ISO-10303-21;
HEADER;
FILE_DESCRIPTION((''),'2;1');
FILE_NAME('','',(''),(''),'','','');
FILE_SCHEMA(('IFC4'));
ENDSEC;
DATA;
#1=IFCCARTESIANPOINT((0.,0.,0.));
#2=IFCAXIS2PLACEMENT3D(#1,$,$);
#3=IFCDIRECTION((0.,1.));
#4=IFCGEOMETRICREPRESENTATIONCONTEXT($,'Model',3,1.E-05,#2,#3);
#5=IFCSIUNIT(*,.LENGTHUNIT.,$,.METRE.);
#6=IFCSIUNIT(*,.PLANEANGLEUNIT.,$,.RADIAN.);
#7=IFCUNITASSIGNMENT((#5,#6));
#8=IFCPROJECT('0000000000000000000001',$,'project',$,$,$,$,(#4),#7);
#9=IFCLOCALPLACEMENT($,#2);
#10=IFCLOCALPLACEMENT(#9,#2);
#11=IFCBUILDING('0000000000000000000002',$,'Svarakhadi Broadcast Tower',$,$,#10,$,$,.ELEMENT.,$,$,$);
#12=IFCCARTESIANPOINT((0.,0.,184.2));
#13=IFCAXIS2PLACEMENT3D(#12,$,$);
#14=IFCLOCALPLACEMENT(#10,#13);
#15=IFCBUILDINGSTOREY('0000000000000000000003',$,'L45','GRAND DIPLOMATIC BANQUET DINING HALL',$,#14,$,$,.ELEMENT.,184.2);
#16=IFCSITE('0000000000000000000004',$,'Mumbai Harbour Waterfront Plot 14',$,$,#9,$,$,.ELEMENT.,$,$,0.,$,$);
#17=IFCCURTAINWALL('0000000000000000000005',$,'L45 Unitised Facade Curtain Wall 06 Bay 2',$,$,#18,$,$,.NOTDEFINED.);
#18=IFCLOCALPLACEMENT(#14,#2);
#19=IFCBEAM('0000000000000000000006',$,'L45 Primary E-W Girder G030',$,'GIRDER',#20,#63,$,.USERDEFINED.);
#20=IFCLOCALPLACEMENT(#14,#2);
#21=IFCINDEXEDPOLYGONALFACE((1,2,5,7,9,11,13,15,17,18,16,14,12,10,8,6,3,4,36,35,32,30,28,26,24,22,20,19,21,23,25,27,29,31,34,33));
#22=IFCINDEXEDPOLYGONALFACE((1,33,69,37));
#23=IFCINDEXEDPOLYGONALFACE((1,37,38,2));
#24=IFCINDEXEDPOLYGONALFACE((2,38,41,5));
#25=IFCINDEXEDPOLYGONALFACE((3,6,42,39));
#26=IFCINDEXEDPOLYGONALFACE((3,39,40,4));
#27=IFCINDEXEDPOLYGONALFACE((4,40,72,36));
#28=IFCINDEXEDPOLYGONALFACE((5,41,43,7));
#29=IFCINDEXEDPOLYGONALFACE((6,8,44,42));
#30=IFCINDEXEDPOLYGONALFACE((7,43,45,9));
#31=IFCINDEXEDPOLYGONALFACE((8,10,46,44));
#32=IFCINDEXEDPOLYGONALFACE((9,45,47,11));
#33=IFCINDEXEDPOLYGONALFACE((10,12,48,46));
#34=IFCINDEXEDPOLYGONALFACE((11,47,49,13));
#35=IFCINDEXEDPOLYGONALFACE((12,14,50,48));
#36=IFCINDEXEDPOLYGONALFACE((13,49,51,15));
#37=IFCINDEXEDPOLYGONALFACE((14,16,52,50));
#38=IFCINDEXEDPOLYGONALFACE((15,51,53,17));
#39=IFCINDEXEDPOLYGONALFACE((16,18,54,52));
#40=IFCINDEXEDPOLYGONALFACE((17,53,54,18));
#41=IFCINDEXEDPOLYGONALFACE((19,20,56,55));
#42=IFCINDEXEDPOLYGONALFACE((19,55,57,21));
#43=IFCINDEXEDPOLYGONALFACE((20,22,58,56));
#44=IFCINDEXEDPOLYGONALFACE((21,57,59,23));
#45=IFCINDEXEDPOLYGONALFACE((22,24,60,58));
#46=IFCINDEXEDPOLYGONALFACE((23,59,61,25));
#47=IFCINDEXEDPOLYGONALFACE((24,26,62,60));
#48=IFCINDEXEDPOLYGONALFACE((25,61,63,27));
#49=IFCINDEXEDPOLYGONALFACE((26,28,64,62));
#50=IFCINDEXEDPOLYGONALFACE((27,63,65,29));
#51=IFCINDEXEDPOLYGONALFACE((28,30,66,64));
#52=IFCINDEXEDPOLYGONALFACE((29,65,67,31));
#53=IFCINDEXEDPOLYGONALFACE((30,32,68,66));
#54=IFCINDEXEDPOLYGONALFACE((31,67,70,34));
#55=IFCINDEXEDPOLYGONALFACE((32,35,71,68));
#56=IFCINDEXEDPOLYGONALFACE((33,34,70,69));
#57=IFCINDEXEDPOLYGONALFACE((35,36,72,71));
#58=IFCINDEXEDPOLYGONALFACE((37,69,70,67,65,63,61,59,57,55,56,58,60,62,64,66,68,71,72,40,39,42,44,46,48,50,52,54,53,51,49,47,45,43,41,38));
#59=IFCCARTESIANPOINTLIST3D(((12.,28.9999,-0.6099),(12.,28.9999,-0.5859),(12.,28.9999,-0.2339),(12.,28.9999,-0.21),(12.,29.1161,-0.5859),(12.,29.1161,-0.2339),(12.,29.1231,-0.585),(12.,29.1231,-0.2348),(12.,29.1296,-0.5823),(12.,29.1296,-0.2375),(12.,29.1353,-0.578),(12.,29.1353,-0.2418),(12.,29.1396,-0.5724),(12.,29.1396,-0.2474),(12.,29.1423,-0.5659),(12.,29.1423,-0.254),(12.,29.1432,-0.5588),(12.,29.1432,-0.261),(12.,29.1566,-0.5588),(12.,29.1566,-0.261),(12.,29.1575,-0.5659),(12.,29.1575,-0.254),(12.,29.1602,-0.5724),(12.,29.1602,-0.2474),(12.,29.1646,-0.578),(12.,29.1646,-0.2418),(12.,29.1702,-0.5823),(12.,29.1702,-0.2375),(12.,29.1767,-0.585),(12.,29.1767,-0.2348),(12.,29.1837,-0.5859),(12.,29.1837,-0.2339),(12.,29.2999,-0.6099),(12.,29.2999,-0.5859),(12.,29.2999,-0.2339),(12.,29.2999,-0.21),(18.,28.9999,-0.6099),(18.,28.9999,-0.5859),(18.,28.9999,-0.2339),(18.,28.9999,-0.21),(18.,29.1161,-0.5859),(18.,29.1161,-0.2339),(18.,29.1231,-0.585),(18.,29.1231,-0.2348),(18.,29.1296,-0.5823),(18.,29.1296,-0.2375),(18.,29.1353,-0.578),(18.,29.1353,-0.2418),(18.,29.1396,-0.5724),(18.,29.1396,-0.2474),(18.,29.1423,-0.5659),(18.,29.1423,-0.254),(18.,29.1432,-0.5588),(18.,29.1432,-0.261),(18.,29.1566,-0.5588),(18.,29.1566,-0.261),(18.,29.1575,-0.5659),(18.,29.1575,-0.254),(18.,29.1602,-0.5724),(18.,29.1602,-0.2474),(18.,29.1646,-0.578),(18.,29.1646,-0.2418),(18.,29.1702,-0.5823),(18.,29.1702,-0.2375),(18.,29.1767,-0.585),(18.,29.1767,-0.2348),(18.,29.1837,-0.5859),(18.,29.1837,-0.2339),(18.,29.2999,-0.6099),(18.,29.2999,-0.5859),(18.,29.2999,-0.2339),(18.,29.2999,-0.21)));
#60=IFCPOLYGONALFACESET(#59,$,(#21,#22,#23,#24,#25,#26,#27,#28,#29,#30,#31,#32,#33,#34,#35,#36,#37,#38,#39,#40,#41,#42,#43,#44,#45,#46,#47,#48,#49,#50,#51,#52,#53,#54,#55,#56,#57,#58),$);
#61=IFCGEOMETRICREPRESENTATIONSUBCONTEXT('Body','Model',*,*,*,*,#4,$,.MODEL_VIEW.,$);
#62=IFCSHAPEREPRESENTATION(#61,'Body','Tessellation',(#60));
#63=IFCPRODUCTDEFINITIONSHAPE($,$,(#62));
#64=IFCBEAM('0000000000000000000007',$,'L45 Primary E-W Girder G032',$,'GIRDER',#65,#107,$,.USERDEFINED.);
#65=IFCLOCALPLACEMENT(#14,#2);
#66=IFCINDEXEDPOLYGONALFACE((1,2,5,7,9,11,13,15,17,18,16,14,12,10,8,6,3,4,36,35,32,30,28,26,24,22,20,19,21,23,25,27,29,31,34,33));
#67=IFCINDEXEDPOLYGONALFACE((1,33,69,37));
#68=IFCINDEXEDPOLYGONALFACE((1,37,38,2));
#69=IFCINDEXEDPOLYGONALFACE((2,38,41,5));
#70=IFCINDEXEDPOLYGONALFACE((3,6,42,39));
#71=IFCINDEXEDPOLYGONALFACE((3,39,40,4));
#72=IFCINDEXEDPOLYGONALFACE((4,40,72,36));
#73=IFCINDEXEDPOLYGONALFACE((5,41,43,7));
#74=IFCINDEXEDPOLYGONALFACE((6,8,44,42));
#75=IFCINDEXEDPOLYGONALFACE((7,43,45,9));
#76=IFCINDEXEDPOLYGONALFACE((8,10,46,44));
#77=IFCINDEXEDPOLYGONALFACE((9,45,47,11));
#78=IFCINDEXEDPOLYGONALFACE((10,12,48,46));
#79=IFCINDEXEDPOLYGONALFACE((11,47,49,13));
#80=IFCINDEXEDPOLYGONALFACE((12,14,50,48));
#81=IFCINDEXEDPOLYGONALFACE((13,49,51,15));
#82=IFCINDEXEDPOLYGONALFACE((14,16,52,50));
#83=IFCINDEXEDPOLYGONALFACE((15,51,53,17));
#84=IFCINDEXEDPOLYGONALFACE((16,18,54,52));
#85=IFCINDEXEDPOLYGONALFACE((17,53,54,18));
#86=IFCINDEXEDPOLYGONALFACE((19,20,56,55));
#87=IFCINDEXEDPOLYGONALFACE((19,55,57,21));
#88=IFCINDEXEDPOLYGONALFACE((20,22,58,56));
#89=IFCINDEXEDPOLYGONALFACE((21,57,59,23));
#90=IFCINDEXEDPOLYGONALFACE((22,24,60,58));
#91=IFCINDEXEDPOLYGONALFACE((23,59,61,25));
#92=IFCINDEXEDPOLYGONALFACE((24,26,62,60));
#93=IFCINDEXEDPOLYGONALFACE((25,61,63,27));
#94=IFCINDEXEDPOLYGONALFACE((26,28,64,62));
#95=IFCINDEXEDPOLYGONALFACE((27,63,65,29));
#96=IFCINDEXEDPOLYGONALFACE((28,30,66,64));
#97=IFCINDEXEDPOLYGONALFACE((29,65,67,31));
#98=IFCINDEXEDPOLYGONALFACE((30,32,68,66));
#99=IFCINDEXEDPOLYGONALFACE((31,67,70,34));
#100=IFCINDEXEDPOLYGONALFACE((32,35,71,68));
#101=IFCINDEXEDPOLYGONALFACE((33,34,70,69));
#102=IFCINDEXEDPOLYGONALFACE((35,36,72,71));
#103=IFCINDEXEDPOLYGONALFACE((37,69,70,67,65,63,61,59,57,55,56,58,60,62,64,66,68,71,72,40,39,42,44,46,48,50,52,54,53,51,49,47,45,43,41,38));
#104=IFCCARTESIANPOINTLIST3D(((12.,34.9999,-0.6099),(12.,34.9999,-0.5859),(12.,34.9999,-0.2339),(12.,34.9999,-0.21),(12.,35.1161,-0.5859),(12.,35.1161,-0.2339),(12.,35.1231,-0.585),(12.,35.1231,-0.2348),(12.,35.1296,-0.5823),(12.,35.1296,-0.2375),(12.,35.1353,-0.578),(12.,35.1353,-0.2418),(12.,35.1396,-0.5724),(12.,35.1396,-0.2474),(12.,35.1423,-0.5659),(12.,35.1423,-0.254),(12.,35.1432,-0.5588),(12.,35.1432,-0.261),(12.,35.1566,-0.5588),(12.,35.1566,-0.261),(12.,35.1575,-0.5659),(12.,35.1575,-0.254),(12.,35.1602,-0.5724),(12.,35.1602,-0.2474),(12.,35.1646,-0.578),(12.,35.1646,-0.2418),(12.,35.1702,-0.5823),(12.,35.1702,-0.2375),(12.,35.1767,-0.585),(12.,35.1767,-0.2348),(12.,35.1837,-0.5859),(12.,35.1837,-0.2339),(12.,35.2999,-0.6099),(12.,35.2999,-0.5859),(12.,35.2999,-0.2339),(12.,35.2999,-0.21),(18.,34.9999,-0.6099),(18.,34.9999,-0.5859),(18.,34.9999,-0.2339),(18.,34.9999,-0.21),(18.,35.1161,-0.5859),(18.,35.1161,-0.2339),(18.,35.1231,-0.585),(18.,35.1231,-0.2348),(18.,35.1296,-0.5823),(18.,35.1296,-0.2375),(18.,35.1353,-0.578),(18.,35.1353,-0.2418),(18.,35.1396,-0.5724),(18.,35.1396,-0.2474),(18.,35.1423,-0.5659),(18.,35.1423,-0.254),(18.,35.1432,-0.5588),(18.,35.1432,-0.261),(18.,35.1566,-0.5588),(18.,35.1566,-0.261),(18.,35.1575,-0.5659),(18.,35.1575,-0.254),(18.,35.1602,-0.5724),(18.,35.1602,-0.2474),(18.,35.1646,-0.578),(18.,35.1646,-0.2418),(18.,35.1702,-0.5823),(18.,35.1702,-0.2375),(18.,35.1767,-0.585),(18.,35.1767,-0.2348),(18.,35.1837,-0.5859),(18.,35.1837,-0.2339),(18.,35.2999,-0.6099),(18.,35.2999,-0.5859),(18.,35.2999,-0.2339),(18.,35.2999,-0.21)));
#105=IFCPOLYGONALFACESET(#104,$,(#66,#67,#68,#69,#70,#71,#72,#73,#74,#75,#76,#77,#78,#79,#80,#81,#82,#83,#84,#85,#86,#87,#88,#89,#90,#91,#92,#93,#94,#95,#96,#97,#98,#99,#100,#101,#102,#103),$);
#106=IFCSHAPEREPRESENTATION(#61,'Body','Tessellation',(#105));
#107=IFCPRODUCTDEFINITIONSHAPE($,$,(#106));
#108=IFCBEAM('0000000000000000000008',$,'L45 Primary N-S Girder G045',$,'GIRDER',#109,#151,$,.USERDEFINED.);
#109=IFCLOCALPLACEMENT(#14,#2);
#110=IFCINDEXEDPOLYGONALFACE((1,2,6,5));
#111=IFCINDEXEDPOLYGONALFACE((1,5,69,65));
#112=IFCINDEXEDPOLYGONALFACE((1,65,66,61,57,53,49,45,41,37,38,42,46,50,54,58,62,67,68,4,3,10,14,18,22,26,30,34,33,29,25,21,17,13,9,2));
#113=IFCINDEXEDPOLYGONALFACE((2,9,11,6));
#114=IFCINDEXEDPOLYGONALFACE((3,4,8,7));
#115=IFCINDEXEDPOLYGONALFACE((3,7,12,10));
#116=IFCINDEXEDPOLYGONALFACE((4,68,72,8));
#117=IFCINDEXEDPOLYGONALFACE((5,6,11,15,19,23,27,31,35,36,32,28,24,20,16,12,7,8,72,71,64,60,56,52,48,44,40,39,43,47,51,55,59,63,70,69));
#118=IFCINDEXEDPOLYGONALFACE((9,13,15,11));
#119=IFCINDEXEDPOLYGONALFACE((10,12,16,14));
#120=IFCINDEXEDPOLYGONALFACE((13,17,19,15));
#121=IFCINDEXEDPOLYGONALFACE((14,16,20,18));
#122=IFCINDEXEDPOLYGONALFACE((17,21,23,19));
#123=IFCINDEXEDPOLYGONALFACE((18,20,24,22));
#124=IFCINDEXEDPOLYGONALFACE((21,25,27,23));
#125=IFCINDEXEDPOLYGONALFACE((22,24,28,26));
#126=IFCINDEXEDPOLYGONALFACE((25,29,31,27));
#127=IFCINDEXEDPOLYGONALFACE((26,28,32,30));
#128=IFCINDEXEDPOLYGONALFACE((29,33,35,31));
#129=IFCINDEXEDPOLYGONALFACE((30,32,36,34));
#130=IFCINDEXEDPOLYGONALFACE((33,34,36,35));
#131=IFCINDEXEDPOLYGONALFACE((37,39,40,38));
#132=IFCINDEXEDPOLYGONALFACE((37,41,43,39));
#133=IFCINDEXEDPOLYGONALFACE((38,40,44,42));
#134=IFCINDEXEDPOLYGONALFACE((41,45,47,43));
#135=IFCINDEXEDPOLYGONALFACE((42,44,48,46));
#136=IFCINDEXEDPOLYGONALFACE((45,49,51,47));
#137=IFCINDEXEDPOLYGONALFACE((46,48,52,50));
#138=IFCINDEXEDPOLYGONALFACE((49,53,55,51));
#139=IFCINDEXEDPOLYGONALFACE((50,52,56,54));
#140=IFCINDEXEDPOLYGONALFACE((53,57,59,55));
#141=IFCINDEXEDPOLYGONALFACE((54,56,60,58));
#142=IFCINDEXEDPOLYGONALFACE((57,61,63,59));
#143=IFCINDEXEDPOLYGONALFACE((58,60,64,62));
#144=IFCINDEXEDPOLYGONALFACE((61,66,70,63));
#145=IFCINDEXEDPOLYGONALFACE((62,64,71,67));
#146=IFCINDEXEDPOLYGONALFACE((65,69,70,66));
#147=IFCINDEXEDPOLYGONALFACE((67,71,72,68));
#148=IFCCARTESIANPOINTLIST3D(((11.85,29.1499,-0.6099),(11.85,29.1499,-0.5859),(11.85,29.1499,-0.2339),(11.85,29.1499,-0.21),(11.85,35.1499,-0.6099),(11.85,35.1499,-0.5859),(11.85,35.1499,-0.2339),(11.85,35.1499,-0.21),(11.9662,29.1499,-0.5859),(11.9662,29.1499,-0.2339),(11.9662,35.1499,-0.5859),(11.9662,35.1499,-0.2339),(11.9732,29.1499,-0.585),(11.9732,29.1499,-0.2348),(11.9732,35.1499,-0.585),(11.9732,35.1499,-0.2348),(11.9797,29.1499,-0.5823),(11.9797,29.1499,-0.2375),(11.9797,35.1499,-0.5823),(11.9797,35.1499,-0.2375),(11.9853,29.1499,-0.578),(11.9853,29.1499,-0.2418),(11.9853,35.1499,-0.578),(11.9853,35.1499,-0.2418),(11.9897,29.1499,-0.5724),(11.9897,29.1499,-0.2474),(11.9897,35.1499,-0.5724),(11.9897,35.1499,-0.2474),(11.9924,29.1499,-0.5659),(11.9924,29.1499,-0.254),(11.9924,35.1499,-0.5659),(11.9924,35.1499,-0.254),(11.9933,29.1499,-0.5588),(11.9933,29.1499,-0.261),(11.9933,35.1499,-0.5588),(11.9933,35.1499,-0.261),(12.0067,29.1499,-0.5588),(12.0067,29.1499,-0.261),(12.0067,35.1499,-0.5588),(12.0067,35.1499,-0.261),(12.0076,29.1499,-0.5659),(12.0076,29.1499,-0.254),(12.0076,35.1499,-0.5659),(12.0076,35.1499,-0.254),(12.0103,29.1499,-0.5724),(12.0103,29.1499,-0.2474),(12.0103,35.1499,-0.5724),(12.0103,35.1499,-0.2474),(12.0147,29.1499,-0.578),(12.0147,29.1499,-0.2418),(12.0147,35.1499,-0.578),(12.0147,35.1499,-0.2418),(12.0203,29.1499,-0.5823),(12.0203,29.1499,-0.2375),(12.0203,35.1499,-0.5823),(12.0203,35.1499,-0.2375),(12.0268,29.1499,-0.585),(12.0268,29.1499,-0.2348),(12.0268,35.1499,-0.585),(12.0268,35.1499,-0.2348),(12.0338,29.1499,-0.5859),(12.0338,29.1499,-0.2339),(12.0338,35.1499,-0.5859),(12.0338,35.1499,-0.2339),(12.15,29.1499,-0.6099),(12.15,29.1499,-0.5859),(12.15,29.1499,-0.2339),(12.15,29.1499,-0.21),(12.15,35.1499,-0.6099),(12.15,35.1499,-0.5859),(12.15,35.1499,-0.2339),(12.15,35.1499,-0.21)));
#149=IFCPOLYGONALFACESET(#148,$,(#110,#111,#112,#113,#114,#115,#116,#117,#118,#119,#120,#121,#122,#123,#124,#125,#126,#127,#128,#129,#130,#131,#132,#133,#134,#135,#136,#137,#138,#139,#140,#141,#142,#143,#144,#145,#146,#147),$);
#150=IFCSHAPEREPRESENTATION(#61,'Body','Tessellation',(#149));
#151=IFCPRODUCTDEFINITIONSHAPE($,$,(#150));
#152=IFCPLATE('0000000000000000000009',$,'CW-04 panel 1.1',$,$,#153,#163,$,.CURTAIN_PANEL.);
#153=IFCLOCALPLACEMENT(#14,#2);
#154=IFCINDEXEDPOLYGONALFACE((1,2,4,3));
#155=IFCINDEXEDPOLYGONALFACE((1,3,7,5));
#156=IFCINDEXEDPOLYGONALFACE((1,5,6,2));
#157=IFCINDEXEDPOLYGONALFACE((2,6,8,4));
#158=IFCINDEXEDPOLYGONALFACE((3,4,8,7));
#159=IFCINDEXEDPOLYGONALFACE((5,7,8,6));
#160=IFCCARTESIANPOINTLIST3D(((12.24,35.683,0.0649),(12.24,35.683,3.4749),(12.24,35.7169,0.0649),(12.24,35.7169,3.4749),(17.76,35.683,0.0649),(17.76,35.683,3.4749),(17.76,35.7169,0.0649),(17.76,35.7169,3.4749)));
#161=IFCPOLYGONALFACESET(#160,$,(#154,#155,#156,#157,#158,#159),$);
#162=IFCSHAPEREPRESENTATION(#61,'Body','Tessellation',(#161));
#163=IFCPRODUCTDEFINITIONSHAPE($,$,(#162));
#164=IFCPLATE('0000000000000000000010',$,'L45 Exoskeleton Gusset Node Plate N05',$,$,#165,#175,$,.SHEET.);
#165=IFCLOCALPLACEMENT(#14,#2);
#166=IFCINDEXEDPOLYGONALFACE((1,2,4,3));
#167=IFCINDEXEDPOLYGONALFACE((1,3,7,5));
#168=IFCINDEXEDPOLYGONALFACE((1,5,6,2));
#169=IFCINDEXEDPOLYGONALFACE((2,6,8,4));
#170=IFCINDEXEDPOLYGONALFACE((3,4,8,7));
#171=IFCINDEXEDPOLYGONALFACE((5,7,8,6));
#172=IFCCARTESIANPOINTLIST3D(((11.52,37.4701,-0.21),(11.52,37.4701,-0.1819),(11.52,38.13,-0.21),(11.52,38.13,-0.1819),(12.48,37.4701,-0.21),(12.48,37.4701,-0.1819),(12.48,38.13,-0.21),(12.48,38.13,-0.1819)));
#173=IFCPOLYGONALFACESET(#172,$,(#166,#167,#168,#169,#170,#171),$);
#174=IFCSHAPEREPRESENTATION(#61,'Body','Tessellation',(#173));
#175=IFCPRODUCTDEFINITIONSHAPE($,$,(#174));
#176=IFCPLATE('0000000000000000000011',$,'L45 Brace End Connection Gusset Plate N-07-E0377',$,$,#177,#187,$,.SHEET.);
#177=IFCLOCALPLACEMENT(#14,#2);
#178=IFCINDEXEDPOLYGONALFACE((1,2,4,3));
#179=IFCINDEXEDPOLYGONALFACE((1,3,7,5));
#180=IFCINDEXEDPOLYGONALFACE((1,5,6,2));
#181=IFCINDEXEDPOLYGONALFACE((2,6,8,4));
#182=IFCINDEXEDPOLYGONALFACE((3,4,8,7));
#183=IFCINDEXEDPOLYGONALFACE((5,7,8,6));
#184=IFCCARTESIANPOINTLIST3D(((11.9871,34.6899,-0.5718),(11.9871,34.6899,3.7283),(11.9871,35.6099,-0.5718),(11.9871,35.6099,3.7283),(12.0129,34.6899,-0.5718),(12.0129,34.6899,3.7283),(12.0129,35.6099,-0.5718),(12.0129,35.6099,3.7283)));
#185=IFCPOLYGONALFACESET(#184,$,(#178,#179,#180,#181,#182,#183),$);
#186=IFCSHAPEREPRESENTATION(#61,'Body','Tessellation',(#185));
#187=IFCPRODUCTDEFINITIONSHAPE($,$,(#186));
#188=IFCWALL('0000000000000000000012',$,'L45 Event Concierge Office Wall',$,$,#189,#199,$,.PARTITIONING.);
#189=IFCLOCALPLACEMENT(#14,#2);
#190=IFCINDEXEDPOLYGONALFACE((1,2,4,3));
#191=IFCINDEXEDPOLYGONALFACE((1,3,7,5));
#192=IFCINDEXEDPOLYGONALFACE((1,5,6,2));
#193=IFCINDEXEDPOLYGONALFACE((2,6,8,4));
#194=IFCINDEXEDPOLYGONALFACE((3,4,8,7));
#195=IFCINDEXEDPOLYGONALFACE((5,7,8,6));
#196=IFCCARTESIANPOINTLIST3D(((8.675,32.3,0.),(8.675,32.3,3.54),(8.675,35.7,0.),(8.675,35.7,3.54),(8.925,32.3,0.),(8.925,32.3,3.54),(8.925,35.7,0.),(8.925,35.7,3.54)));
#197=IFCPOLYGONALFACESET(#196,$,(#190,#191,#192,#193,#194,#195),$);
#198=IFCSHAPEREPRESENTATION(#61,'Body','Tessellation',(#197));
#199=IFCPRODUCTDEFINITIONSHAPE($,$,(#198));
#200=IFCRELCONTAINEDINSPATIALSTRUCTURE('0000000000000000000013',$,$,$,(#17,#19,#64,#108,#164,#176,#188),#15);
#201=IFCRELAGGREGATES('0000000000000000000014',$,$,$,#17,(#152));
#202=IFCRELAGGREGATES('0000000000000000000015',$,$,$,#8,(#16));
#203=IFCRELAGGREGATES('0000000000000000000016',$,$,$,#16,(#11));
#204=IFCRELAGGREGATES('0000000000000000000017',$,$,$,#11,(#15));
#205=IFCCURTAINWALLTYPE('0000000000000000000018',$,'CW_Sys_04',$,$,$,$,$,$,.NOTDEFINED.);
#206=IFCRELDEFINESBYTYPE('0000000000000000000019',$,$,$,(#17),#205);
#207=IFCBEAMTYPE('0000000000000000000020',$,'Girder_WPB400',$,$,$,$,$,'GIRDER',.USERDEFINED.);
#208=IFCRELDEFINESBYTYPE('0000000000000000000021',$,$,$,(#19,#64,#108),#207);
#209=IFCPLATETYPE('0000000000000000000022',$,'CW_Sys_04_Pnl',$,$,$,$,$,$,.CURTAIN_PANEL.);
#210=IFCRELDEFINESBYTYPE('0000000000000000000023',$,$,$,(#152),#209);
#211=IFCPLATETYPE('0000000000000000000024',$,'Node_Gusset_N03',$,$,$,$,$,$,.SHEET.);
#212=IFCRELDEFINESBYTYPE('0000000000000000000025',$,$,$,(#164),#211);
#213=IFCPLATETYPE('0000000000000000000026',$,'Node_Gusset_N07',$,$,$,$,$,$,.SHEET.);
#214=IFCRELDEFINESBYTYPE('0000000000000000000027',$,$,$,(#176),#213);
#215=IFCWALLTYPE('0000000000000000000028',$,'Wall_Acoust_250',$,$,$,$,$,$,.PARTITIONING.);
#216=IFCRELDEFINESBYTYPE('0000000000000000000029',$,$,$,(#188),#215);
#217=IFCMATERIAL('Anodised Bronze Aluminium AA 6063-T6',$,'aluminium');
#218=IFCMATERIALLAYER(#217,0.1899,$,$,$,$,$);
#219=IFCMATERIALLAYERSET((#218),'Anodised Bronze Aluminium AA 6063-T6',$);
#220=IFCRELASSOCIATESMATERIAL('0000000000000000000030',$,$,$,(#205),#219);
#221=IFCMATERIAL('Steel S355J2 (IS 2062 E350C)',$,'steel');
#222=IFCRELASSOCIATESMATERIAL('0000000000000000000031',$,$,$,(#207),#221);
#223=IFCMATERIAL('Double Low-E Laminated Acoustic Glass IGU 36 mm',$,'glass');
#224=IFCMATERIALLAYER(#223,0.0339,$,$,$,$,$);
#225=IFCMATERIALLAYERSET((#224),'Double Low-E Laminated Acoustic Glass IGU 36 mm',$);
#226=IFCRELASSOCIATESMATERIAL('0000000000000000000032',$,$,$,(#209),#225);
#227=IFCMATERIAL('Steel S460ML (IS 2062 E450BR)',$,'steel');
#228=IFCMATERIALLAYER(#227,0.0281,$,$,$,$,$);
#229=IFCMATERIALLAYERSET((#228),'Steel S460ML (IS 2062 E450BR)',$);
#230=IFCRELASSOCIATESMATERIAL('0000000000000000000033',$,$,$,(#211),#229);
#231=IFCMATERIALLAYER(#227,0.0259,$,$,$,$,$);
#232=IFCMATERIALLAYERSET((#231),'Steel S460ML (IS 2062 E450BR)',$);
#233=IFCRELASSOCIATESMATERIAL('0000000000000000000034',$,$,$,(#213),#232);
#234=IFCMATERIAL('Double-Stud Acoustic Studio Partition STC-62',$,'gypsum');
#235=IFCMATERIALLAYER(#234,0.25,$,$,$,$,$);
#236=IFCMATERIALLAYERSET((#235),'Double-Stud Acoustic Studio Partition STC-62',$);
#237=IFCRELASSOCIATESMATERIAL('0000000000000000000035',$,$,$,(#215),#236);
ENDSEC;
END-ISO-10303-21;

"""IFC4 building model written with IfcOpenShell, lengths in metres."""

from ifc_helpers import new_model, si_unit, direction, frame, frame_2d, origin, origin_2d, place, context, subcontext, project, spatial, rectangle, i_section, extrude, material, layer, layer_set, material_profile, profile_set, type_object, element, aggregate, save


model = new_model("IFC4")

# Units and contexts
model_context = context("Model", 3, precision=1e-05, world=origin(), true_north=direction((0.0, 1.0)))
body_context = subcontext(model_context, "Body", "Model", "MODEL_VIEW")
ifc_project = project(units=[si_unit("LENGTHUNIT", "METRE"), si_unit("PLANEANGLEUNIT", "RADIAN")], contexts=[model_context])

# Site, building, storey
site_placement = place(None, origin())
site = spatial("IfcSite", under=ifc_project, at=site_placement, Name="Mumbai Harbour Waterfront Plot 14", CompositionType="ELEMENT", RefElevation=0.0)
building_placement = place(site_placement, origin())
building = spatial("IfcBuilding", under=site, at=building_placement, Name="Svarakhadi Broadcast Tower", CompositionType="ELEMENT")
storey_placement = place(building_placement, frame((0.0, 0.0, 184.2)))
storey = spatial("IfcBuildingStorey", under=building, at=storey_placement, Name="L45", Description="GRAND DIPLOMATIC BANQUET DINING HALL", CompositionType="ELEMENT", Elevation=184.2)

# Shared definitions
ifc_material_1 = material(Name="Steel S460ML (IS 2062 E450BR)", Category="steel")

# Shared definitions
ifc_material_2 = material(Name="Steel S355J2 (IS 2062 E350C)", Category="steel")

# Shared definitions
ifc_material_3 = material(Name="Anodised Bronze Aluminium AA 6063-T6", Category="aluminium")
ifc_layer_1 = layer(ifc_material_3, 0.1899)
ifc_layer_set_1 = layer_set([ifc_layer_1], Name="Anodised Bronze Aluminium AA 6063-T6")
curtain_wall_type = type_object("IfcCurtainWallType", Name="CW_Sys_04", PredefinedType="NOTDEFINED", material=ifc_layer_set_1)

# Curtain wall
curtain_wall_1_placement = place(storey_placement, origin())
curtain_wall_1 = element("IfcCurtainWall", 1, at=curtain_wall_1_placement, inside=storey, type_object=curtain_wall_type, Name="L45 Unitised Facade Curtain Wall 06 Bay 2", PredefinedType="NOTDEFINED")

# Beams
ifc_material_profile_1 = material_profile(ifc_material_2, i_section(OverallWidth=0.3, OverallDepth=0.3999, WebThickness=0.0134, FlangeThickness=0.0239, FilletRadius=0.0271, at=origin_2d()), Name="WPB 400x300x155")
ifc_profile_set_1 = profile_set([ifc_material_profile_1], Name="Steel S355J2 (IS 2062 E350C)")
beam_type_1 = type_object("IfcBeamType", Name="Girder_WPB400", ElementType="GIRDER", PredefinedType="USERDEFINED", material=ifc_profile_set_1)
for number, where, z_axis, x_axis, name in (
    (2, (12.0, 29.1499, -0.4099), (1.0, 0.0, 0.0), (0.0, 1.0, 0.0), "L45 Primary E-W Girder G030"),
    (3, (12.0, 35.1499, -0.4099), (1.0, 0.0, 0.0), (0.0, 1.0, 0.0), "L45 Primary E-W Girder G032"),
    (4, (12.0, 29.1499, -0.4099), (0.0, 1.0, 0.0), (-1.0, 0.0, 0.0), "L45 Primary N-S Girder G045"),
):
    element("IfcBeam", number, at=place(storey_placement, frame(where, z_axis=z_axis, x_axis=x_axis)), inside=storey, type_object=beam_type_1, Name=name, ObjectType="GIRDER", PredefinedType="USERDEFINED", context=body_context, shape_type="SweptSolid", body=[
        extrude(i_section(OverallWidth=0.3, OverallDepth=0.3999, WebThickness=0.0134, FlangeThickness=0.0239, FilletRadius=0.0271, at=origin_2d()), origin(), (0.0, 0.0, 1.0), 6.0),
    ])

# Plate
ifc_material_4 = material(Name="Double Low-E Laminated Acoustic Glass IGU 36 mm", Category="glass")
ifc_layer_2 = layer(ifc_material_4, 0.0339)
ifc_layer_set_2 = layer_set([ifc_layer_2], Name="Double Low-E Laminated Acoustic Glass IGU 36 mm")
plate_type_1 = type_object("IfcPlateType", Name="CW_Sys_04_Pnl", PredefinedType="CURTAIN_PANEL", material=ifc_layer_set_2)
plate_1_placement = place(storey_placement, frame((15.0, 35.7, 0.0649), z_axis=(0.0, 0.0, 1.0), x_axis=(1.0, 0.0, 0.0)))
plate_1 = element("IfcPlate", 5, at=plate_1_placement, type_object=plate_type_1, Name="CW-04 panel 1.1", PredefinedType="CURTAIN_PANEL", context=body_context, shape_type="SweptSolid", body=[
    extrude(rectangle(XDim=5.52, YDim=0.0339, at=origin_2d()), origin(), (0.0, 0.0, 1.0), 3.4099),
])
aggregate(curtain_wall_1, [plate_1])

# Plates
ifc_layer_3 = layer(ifc_material_1, 0.0281)
ifc_layer_set_3 = layer_set([ifc_layer_3], Name="Steel S460ML (IS 2062 E450BR)")
plate_type_2 = type_object("IfcPlateType", Name="Node_Gusset_N03", PredefinedType="SHEET", material=ifc_layer_set_3)
plate_2_placement = place(storey_placement, frame((12.0, 37.8, -0.21), z_axis=(0.0, 0.0, 1.0), x_axis=(1.0, 0.0, 0.0)))
element("IfcPlate", 6, at=plate_2_placement, inside=storey, type_object=plate_type_2, Name="L45 Exoskeleton Gusset Node Plate N05", PredefinedType="SHEET", context=body_context, shape_type="SweptSolid", body=[
    extrude(rectangle(XDim=0.96, YDim=0.6599, at=origin_2d()), origin(), (0.0, 0.0, 1.0), 0.0281),
])
ifc_layer_4 = layer(ifc_material_1, 0.0259)
ifc_layer_set_4 = layer_set([ifc_layer_4], Name="Steel S460ML (IS 2062 E450BR)")
plate_type_3 = type_object("IfcPlateType", Name="Node_Gusset_N07", PredefinedType="SHEET", material=ifc_layer_set_4)
plate_3_placement = place(storey_placement, frame((12.0, 35.1499, -0.5718), z_axis=(0.0, 0.0, 1.0), x_axis=(0.0, 1.0, 0.0)))
element("IfcPlate", 7, at=plate_3_placement, inside=storey, type_object=plate_type_3, Name="L45 Brace End Connection Gusset Plate N-07-E0377", PredefinedType="SHEET", context=body_context, shape_type="SweptSolid", body=[
    extrude(rectangle(XDim=0.9199, YDim=0.0259, at=origin_2d()), origin(), (0.0, 0.0, 1.0), 4.3),
])

# Wall
ifc_material_5 = material(Name="Double-Stud Acoustic Studio Partition STC-62", Category="gypsum")
ifc_layer_5 = layer(ifc_material_5, 0.25)
ifc_layer_set_5 = layer_set([ifc_layer_5], Name="Double-Stud Acoustic Studio Partition STC-62")
wall_type_1 = type_object("IfcWallType", Name="Wall_Acoust_250", PredefinedType="PARTITIONING", material=ifc_layer_set_5)
wall_1_placement = place(storey_placement, frame((8.8, 32.3, 0.0), z_axis=(0.0, 0.0, 1.0), x_axis=(0.0, 1.0, 0.0)))
element("IfcWall", 8, at=wall_1_placement, inside=storey, type_object=wall_type_1, Name="L45 Event Concierge Office Wall", PredefinedType="PARTITIONING", context=body_context, shape_type="SweptSolid", body=[
    extrude(rectangle(XDim=3.3999, YDim=0.25, at=frame_2d((1.7, 0.0))), origin(), (0.0, 0.0, 1.0), 3.54),
])

save(model, "model.ifc")
